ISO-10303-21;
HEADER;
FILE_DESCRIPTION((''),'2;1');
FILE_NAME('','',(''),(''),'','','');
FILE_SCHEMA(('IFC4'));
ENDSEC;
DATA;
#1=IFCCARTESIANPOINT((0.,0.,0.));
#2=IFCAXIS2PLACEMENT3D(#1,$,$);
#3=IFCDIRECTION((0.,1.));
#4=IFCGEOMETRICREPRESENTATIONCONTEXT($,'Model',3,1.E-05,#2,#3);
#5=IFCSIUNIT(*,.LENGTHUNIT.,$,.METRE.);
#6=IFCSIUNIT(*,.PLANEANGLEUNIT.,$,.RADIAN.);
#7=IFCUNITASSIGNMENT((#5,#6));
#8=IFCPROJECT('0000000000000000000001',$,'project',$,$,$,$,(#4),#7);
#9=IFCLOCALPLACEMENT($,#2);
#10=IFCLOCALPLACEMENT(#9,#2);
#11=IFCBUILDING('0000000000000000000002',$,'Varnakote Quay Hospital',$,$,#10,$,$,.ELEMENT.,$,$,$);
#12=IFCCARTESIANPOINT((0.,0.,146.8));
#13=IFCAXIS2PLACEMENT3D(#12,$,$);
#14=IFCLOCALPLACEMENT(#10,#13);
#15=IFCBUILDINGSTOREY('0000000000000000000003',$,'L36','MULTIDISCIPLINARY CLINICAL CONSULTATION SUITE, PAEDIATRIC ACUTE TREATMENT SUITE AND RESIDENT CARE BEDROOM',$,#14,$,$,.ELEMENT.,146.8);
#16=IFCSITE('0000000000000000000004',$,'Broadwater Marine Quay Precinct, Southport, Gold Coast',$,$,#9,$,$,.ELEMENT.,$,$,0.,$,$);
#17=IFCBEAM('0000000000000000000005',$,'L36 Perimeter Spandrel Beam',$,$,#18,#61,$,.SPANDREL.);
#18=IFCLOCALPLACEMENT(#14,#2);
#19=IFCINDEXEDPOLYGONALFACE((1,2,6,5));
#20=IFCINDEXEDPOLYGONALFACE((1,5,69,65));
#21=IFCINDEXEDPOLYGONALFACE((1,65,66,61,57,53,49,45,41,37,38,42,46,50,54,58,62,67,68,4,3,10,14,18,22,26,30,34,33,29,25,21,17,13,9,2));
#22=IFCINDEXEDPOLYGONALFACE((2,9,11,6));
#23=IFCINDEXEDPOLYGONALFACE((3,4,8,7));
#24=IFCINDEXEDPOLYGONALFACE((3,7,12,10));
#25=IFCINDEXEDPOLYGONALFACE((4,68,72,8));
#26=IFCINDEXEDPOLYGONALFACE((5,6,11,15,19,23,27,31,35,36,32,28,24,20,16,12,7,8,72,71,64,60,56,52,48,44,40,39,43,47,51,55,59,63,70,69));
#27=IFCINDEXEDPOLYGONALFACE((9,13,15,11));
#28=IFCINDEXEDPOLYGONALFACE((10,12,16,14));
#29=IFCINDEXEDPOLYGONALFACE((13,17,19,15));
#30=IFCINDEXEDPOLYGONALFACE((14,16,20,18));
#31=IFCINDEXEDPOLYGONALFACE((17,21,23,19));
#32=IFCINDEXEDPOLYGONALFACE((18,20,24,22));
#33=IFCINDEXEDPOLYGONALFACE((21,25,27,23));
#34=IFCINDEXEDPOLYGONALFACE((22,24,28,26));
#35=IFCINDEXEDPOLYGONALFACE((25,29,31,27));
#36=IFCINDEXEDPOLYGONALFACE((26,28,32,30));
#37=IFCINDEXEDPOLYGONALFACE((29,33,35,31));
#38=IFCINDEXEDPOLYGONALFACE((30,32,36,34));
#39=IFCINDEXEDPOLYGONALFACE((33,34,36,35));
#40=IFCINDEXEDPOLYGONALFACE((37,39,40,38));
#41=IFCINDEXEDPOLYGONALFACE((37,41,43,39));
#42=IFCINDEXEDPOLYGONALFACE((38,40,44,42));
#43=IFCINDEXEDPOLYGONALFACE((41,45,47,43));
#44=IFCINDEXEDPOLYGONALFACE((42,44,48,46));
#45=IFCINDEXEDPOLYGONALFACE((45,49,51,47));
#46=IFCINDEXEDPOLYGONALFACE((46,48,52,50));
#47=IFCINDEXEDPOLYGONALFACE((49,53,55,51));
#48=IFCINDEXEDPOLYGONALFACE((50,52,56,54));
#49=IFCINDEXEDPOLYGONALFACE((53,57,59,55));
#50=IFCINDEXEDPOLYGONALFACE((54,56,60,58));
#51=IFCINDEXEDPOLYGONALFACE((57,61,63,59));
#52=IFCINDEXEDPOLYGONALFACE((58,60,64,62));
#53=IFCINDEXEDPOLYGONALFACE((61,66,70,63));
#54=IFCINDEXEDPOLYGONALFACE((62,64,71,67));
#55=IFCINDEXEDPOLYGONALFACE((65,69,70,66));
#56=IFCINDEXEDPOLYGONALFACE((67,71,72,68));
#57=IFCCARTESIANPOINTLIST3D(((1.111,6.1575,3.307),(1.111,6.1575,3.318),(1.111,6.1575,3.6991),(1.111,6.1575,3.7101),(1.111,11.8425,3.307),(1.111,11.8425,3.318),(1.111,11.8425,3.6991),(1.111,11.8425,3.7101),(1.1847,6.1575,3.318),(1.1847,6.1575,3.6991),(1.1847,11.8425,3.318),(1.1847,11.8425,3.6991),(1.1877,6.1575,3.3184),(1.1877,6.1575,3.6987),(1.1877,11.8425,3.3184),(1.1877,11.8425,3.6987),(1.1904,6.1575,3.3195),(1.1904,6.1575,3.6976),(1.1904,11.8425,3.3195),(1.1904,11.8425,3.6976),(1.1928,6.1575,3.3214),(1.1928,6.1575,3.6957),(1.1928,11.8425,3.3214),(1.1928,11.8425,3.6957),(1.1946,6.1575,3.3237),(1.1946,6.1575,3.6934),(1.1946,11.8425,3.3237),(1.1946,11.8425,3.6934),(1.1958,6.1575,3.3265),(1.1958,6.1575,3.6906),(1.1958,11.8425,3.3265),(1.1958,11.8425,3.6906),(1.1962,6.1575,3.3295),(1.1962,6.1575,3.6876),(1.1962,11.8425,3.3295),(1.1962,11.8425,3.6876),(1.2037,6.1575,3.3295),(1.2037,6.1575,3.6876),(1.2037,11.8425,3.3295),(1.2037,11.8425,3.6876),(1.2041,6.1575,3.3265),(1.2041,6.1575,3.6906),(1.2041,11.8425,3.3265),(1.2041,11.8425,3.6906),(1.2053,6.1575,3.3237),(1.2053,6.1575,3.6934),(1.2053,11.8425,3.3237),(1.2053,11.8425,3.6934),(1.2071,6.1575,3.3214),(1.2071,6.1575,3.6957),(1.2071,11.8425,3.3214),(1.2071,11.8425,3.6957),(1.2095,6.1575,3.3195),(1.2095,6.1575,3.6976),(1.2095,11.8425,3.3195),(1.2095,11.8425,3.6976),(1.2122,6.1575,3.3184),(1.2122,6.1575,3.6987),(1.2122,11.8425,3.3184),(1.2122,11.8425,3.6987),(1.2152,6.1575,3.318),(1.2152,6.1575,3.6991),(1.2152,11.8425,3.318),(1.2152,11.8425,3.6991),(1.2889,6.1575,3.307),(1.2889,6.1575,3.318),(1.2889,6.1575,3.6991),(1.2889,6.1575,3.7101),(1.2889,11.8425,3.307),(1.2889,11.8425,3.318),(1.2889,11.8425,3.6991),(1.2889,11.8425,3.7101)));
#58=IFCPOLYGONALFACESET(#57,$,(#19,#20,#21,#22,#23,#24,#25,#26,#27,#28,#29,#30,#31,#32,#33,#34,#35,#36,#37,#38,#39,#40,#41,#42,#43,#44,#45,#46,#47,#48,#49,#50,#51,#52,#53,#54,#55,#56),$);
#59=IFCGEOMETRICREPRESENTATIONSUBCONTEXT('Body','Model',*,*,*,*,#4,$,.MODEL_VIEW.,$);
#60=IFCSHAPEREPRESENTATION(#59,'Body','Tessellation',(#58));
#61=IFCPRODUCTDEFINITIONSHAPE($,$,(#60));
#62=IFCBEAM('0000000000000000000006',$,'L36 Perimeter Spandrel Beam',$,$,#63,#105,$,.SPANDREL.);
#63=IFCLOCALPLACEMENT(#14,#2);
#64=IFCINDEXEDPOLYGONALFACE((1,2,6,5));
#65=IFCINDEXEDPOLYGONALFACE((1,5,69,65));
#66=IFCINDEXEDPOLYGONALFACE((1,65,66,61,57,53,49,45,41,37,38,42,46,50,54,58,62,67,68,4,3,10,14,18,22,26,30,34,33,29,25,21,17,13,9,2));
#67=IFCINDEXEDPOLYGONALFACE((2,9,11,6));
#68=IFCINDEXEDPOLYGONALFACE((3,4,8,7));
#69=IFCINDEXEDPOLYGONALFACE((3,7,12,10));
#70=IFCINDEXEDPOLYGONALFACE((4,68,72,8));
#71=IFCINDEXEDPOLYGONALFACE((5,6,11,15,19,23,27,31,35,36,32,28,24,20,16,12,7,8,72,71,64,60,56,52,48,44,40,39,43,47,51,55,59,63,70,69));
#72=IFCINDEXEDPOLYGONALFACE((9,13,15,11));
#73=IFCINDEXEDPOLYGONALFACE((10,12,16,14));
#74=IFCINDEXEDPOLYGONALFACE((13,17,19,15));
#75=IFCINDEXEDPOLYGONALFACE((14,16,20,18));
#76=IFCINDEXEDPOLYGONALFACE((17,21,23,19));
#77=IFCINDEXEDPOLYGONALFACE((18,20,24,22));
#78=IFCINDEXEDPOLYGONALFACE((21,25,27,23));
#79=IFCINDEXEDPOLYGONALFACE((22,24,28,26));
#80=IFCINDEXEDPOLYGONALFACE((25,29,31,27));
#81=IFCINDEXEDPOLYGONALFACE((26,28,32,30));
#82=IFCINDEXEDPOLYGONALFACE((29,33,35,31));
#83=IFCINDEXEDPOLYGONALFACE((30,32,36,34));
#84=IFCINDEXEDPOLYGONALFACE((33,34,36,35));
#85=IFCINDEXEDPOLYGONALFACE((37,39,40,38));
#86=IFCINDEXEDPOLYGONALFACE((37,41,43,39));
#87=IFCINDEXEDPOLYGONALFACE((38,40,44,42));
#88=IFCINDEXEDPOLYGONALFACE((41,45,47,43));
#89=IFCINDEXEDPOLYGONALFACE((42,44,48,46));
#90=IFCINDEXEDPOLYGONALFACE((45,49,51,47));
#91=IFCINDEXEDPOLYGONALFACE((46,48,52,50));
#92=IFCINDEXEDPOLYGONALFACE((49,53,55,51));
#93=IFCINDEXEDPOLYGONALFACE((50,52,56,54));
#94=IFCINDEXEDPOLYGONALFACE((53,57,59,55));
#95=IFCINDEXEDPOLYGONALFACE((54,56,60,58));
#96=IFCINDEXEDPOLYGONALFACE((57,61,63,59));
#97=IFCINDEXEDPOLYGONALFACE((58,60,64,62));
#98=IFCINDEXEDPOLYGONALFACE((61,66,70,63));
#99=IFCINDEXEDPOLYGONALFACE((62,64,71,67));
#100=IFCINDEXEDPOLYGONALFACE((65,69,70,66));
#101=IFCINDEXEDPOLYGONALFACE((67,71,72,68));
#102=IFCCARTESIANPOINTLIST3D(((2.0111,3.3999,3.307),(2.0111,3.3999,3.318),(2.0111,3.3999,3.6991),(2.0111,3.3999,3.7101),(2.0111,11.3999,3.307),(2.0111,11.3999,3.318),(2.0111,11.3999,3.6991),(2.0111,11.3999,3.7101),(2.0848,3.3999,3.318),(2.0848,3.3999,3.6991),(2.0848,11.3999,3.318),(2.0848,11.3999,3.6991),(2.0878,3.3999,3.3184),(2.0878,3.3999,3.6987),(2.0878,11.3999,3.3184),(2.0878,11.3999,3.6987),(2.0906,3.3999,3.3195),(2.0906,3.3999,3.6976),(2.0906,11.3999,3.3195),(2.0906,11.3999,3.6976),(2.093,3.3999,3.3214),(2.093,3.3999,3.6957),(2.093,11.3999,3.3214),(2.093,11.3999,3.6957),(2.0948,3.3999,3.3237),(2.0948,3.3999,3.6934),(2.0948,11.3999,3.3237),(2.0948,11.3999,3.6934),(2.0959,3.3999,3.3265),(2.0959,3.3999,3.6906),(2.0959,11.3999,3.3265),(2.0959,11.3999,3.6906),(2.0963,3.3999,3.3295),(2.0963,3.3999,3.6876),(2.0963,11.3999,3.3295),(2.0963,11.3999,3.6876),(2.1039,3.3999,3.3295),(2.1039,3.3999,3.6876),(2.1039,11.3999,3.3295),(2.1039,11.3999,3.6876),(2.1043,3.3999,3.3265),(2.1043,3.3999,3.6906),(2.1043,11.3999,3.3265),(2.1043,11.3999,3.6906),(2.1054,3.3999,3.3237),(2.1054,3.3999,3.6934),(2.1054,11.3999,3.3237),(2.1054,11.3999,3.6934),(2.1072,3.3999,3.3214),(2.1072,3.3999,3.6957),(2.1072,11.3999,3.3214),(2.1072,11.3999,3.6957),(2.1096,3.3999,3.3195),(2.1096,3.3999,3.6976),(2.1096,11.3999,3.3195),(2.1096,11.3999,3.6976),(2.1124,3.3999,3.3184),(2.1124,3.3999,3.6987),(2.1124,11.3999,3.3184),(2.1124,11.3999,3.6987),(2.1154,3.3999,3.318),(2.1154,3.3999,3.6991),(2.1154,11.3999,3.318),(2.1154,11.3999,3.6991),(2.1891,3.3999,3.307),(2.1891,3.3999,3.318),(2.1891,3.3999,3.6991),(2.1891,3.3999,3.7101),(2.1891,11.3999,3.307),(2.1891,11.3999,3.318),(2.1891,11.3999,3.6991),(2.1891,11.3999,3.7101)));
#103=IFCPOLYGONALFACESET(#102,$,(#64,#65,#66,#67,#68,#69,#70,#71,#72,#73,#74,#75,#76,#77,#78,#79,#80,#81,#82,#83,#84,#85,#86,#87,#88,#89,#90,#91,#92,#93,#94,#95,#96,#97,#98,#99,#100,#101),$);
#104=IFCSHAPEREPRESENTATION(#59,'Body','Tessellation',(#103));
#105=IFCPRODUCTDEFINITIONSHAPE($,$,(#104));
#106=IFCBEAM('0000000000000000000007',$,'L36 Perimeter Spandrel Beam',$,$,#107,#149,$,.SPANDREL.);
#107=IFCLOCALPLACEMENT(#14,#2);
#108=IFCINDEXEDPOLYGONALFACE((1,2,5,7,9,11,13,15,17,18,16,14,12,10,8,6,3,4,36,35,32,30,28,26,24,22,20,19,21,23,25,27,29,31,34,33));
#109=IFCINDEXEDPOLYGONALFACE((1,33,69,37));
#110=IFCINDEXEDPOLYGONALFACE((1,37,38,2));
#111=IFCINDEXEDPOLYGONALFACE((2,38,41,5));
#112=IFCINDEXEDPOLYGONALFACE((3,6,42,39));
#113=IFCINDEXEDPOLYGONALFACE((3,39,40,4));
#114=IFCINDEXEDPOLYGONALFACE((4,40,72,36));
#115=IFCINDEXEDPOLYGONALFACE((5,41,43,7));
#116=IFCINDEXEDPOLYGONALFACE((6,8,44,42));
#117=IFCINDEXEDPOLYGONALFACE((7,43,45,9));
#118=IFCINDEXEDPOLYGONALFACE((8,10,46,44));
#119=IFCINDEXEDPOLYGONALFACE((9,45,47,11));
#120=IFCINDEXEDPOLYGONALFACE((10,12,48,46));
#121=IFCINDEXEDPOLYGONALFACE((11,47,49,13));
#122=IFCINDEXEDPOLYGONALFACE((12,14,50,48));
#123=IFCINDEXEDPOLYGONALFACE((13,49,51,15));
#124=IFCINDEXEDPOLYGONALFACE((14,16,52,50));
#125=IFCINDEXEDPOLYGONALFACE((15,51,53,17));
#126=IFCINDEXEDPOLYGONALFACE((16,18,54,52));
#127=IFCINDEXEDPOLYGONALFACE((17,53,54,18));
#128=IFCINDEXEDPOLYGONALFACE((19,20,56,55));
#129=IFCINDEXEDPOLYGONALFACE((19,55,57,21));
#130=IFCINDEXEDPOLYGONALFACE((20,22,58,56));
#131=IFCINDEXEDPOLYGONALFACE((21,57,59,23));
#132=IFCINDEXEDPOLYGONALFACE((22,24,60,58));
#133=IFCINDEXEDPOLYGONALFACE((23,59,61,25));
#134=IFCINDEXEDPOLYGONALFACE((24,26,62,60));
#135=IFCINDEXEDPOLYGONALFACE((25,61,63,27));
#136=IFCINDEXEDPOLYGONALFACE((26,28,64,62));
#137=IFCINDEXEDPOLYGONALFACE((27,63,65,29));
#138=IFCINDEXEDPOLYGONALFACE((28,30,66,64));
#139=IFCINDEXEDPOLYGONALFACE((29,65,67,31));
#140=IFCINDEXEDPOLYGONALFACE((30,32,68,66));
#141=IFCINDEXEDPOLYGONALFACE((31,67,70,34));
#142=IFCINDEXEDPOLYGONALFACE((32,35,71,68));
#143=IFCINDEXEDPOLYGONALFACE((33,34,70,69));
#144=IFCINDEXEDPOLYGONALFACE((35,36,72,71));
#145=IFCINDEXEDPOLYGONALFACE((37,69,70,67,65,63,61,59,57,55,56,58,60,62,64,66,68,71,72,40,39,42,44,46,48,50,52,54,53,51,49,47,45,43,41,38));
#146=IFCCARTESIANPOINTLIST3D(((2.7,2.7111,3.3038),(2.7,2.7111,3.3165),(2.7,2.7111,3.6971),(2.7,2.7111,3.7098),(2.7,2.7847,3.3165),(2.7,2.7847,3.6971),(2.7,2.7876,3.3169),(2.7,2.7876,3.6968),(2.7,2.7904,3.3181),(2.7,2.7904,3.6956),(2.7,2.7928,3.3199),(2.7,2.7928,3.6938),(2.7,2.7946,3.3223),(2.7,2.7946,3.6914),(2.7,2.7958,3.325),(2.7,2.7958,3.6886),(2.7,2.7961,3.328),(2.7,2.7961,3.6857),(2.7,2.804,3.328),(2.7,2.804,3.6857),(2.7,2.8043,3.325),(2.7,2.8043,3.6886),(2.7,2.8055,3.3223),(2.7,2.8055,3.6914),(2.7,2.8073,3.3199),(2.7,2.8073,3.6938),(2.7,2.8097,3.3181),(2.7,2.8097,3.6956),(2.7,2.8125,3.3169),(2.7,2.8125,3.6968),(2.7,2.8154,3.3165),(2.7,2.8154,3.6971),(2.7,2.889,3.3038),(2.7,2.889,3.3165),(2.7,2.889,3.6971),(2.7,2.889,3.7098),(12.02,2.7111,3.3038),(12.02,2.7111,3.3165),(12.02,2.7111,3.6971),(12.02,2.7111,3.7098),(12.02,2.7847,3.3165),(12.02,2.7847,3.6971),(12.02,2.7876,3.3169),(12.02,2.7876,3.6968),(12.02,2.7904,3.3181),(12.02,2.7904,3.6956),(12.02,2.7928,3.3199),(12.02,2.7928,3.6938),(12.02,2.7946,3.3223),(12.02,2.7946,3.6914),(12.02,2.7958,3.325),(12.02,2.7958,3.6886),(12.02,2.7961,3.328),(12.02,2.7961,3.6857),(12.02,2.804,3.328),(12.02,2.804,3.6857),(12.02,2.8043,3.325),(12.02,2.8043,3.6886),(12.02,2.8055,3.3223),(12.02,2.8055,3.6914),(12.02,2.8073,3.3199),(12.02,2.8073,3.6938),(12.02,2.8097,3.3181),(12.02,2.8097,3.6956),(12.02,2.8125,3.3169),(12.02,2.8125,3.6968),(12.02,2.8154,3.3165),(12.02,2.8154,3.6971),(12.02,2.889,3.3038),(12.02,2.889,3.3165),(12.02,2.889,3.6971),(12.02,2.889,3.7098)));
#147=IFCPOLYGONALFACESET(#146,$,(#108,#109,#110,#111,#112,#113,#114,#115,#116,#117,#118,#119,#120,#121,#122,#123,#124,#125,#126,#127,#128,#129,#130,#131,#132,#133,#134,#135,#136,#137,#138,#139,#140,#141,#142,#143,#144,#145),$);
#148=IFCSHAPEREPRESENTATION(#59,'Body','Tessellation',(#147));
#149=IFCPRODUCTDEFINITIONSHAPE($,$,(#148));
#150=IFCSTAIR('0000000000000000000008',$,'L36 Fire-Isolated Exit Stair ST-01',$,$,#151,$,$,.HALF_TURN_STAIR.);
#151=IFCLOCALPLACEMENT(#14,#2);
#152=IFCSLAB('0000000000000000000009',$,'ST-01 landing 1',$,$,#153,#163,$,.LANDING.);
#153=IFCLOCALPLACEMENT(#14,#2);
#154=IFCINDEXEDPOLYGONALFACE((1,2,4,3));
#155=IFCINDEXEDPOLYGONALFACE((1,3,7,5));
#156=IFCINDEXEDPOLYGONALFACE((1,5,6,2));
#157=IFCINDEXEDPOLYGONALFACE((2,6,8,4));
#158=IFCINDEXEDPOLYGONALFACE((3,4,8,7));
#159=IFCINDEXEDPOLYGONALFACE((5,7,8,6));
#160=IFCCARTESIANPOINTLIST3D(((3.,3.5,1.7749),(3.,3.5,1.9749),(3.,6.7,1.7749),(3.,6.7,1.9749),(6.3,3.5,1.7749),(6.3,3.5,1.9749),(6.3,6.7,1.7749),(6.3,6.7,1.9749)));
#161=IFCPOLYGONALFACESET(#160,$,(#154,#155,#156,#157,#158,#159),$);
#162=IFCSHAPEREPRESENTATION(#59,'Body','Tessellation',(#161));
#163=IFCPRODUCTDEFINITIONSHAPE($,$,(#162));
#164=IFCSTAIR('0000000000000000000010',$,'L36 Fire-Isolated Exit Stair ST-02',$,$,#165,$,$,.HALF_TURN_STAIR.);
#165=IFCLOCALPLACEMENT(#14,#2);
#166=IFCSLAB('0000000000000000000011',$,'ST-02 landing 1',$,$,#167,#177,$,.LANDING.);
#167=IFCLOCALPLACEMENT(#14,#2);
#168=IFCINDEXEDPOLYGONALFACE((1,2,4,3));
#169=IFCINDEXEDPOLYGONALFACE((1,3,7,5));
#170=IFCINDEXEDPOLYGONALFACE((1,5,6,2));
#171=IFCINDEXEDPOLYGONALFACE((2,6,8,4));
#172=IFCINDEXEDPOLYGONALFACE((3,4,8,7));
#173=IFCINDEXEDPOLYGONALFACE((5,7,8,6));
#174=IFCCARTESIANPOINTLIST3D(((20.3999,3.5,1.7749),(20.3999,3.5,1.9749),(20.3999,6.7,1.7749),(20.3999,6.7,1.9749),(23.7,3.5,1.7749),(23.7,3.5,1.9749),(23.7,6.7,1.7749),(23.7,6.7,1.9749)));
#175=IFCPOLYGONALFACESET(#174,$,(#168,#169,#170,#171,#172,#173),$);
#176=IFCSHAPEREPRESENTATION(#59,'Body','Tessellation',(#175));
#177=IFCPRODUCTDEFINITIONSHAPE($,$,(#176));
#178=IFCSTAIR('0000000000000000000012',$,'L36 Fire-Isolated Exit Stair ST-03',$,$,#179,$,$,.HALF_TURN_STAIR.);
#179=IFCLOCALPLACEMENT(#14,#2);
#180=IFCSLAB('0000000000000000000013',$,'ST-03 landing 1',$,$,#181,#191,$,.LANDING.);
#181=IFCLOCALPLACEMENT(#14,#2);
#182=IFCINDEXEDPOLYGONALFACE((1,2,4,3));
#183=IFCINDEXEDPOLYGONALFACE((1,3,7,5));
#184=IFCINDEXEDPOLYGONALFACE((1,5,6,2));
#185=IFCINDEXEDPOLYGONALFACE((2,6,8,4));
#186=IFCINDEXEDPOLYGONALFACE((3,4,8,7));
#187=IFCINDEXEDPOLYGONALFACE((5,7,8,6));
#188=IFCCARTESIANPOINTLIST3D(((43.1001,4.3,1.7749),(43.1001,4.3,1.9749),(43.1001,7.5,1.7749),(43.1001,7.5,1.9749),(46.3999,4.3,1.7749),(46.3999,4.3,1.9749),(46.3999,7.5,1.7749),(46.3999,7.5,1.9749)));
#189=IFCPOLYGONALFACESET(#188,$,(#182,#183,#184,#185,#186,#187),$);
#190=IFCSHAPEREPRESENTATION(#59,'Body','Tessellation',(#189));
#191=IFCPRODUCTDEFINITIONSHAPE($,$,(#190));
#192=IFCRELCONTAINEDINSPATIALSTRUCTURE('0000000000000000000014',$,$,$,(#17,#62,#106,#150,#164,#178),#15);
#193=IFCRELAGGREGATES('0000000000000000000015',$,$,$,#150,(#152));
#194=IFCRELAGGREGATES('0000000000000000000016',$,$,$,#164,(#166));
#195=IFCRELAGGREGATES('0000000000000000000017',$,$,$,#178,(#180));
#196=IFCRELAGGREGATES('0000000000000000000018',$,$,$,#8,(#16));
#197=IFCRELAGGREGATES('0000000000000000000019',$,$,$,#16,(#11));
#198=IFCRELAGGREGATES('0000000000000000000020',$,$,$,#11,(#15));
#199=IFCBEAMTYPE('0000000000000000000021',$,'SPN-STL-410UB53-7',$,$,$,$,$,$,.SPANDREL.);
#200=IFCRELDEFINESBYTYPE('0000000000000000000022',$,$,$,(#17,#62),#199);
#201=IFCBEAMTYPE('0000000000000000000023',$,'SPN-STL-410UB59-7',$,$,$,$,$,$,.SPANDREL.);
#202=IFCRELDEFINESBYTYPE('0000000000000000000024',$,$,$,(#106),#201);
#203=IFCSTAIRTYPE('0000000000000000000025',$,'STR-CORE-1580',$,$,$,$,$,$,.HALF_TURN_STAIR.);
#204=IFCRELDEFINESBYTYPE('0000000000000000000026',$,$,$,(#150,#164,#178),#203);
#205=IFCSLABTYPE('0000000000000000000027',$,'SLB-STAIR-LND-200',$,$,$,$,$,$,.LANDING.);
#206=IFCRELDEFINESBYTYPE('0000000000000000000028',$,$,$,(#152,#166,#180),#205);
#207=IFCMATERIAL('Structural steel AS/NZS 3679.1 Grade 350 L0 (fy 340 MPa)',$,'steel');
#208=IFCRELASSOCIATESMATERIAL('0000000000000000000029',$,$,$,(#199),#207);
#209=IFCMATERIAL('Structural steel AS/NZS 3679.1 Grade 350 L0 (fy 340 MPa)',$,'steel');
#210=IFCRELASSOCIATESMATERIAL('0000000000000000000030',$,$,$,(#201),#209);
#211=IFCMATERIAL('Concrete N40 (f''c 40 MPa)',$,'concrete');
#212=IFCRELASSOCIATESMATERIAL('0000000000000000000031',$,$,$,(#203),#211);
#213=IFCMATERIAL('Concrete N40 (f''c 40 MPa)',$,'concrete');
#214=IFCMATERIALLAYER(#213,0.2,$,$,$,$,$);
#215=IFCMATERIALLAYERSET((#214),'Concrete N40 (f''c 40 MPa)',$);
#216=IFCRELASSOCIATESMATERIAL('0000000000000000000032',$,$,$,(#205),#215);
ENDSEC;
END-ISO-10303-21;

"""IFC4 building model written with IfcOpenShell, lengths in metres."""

from ifc_helpers import new_model, si_unit, direction, frame, origin, origin_2d, place, context, subcontext, project, spatial, polyline, i_section, outline, extrude, material, layer, layer_set, material_profile, profile_set, type_object, element, aggregate, save


model = new_model("IFC4")

# Units and contexts
model_context = context("Model", 3, precision=1e-05, world=origin(), true_north=direction((0.0, 1.0)))
body_context = subcontext(model_context, "Body", "Model", "MODEL_VIEW")
ifc_project = project(units=[si_unit("LENGTHUNIT", "METRE"), si_unit("PLANEANGLEUNIT", "RADIAN")], contexts=[model_context])

# Site, building, storey
site_placement = place(None, origin())
site = spatial("IfcSite", under=ifc_project, at=site_placement, Name="Broadwater Marine Quay Precinct, Southport, Gold Coast", CompositionType="ELEMENT", RefElevation=0.0)
building_placement = place(site_placement, origin())
building = spatial("IfcBuilding", under=site, at=building_placement, Name="Varnakote Quay Hospital", CompositionType="ELEMENT")
storey_placement = place(building_placement, frame((0.0, 0.0, 146.8)))
storey = spatial("IfcBuildingStorey", under=building, at=storey_placement, Name="L36", Description="MULTIDISCIPLINARY CLINICAL CONSULTATION SUITE, PAEDIATRIC ACUTE TREATMENT SUITE AND RESIDENT CARE BEDROOM", CompositionType="ELEMENT", Elevation=146.8)

# Beams
ifc_material_1 = material(Name="Structural steel AS/NZS 3679.1 Grade 350 L0 (fy 340 MPa)", Category="steel")
ifc_material_profile_1 = material_profile(ifc_material_1, i_section(OverallWidth=0.178, OverallDepth=0.4031, WebThickness=0.0076, FlangeThickness=0.011, FilletRadius=0.0115, at=origin_2d()), Name="410UB53.7")
ifc_profile_set_1 = profile_set([ifc_material_profile_1], Name="Structural steel AS/NZS 3679.1 Grade 350 L0 (fy 340 MPa)")
beam_type_1 = type_object("IfcBeamType", Name="SPN-STL-410UB53-7", PredefinedType="SPANDREL", material=ifc_profile_set_1)
beam_1_placement = place(storey_placement, frame((1.2, 6.1575, 3.5085), z_axis=(0.0, 1.0, 0.0), x_axis=(-1.0, 0.0, 0.0)))
element("IfcBeam", 1, at=beam_1_placement, inside=storey, type_object=beam_type_1, Name="L36 Perimeter Spandrel Beam", PredefinedType="SPANDREL", context=body_context, shape_type="SweptSolid", body=[
    extrude(i_section(OverallWidth=0.178, OverallDepth=0.4031, WebThickness=0.0076, FlangeThickness=0.011, FilletRadius=0.0115, at=origin_2d()), origin(), (0.0, 0.0, 1.0), 5.6851),
])
beam_2_placement = place(storey_placement, frame((2.1001, 3.3999, 3.5085), z_axis=(0.0, 1.0, 0.0), x_axis=(-1.0, 0.0, 0.0)))
element("IfcBeam", 2, at=beam_2_placement, inside=storey, type_object=beam_type_1, Name="L36 Perimeter Spandrel Beam", PredefinedType="SPANDREL", context=body_context, shape_type="SweptSolid", body=[
    extrude(i_section(OverallWidth=0.178, OverallDepth=0.4031, WebThickness=0.0076, FlangeThickness=0.011, FilletRadius=0.0115, at=origin_2d()), origin(), (0.0, 0.0, 1.0), 8.0),
])
ifc_material_2 = material(Name="Structural steel AS/NZS 3679.1 Grade 350 L0 (fy 340 MPa)", Category="steel")
ifc_material_profile_2 = material_profile(ifc_material_2, i_section(OverallWidth=0.178, OverallDepth=0.406, WebThickness=0.0078, FlangeThickness=0.0127, FilletRadius=0.0115, at=origin_2d()), Name="410UB59.7")
ifc_profile_set_2 = profile_set([ifc_material_profile_2], Name="Structural steel AS/NZS 3679.1 Grade 350 L0 (fy 340 MPa)")
beam_type_2 = type_object("IfcBeamType", Name="SPN-STL-410UB59-7", PredefinedType="SPANDREL", material=ifc_profile_set_2)
beam_3_placement = place(storey_placement, frame((2.7, 2.8, 3.5068), z_axis=(1.0, 0.0, 0.0), x_axis=(0.0, 1.0, 0.0)))
element("IfcBeam", 3, at=beam_3_placement, inside=storey, type_object=beam_type_2, Name="L36 Perimeter Spandrel Beam", PredefinedType="SPANDREL", context=body_context, shape_type="SweptSolid", body=[
    extrude(i_section(OverallWidth=0.178, OverallDepth=0.406, WebThickness=0.0078, FlangeThickness=0.0127, FilletRadius=0.0115, at=origin_2d()), origin(), (0.0, 0.0, 1.0), 9.3201),
])

# Stairs, slabs
ifc_material_3 = material(Name="Concrete N40 (f'c 40 MPa)", Category="concrete")
stair_type = type_object("IfcStairType", Name="STR-CORE-1580", PredefinedType="HALF_TURN_STAIR", material=ifc_material_3)
stair_1_placement = place(storey_placement, origin())
stair_1 = element("IfcStair", 4, at=stair_1_placement, inside=storey, type_object=stair_type, Name="L36 Fire-Isolated Exit Stair ST-01", PredefinedType="HALF_TURN_STAIR")
ifc_material_4 = material(Name="Concrete N40 (f'c 40 MPa)", Category="concrete")
ifc_layer_1 = layer(ifc_material_4, 0.2)
ifc_layer_set_1 = layer_set([ifc_layer_1], Name="Concrete N40 (f'c 40 MPa)")
slab_type_1 = type_object("IfcSlabType", Name="SLB-STAIR-LND-200", PredefinedType="LANDING", material=ifc_layer_set_1)
slab_1_placement = place(storey_placement, frame((0.0, 0.0, 1.7749)))
slab_1 = element("IfcSlab", 5, at=slab_1_placement, type_object=slab_type_1, Name="ST-01 landing 1", PredefinedType="LANDING", context=body_context, shape_type="SweptSolid", body=[
    extrude(outline(polyline([(3.0, 6.7), (3.0, 3.5), (6.3, 3.5), (6.3, 6.7), (3.0, 6.7)])), origin(), (0.0, 0.0, 1.0), 0.2),
])
aggregate(stair_1, [slab_1])
stair_2_placement = place(storey_placement, origin())
stair_2 = element("IfcStair", 6, at=stair_2_placement, inside=storey, type_object=stair_type, Name="L36 Fire-Isolated Exit Stair ST-02", PredefinedType="HALF_TURN_STAIR")
slab_2_placement = place(storey_placement, frame((0.0, 0.0, 1.7749)))
slab_2 = element("IfcSlab", 7, at=slab_2_placement, type_object=slab_type_1, Name="ST-02 landing 1", PredefinedType="LANDING", context=body_context, shape_type="SweptSolid", body=[
    extrude(outline(polyline([(20.3999, 6.7), (20.3999, 3.5), (23.7, 3.5), (23.7, 6.7), (20.3999, 6.7)])), origin(), (0.0, 0.0, 1.0), 0.2),
])
aggregate(stair_2, [slab_2])
stair_3_placement = place(storey_placement, origin())
stair_3 = element("IfcStair", 8, at=stair_3_placement, inside=storey, type_object=stair_type, Name="L36 Fire-Isolated Exit Stair ST-03", PredefinedType="HALF_TURN_STAIR")
slab_3_placement = place(storey_placement, frame((0.0, 0.0, 1.7749)))
slab_3 = element("IfcSlab", 9, at=slab_3_placement, type_object=slab_type_1, Name="ST-03 landing 1", PredefinedType="LANDING", context=body_context, shape_type="SweptSolid", body=[
    extrude(outline(polyline([(43.1001, 7.5), (43.1001, 4.3), (46.3999, 4.3), (46.3999, 7.5), (43.1001, 7.5)])), origin(), (0.0, 0.0, 1.0), 0.2),
])
aggregate(stair_3, [slab_3])

save(model, "model.ifc")
